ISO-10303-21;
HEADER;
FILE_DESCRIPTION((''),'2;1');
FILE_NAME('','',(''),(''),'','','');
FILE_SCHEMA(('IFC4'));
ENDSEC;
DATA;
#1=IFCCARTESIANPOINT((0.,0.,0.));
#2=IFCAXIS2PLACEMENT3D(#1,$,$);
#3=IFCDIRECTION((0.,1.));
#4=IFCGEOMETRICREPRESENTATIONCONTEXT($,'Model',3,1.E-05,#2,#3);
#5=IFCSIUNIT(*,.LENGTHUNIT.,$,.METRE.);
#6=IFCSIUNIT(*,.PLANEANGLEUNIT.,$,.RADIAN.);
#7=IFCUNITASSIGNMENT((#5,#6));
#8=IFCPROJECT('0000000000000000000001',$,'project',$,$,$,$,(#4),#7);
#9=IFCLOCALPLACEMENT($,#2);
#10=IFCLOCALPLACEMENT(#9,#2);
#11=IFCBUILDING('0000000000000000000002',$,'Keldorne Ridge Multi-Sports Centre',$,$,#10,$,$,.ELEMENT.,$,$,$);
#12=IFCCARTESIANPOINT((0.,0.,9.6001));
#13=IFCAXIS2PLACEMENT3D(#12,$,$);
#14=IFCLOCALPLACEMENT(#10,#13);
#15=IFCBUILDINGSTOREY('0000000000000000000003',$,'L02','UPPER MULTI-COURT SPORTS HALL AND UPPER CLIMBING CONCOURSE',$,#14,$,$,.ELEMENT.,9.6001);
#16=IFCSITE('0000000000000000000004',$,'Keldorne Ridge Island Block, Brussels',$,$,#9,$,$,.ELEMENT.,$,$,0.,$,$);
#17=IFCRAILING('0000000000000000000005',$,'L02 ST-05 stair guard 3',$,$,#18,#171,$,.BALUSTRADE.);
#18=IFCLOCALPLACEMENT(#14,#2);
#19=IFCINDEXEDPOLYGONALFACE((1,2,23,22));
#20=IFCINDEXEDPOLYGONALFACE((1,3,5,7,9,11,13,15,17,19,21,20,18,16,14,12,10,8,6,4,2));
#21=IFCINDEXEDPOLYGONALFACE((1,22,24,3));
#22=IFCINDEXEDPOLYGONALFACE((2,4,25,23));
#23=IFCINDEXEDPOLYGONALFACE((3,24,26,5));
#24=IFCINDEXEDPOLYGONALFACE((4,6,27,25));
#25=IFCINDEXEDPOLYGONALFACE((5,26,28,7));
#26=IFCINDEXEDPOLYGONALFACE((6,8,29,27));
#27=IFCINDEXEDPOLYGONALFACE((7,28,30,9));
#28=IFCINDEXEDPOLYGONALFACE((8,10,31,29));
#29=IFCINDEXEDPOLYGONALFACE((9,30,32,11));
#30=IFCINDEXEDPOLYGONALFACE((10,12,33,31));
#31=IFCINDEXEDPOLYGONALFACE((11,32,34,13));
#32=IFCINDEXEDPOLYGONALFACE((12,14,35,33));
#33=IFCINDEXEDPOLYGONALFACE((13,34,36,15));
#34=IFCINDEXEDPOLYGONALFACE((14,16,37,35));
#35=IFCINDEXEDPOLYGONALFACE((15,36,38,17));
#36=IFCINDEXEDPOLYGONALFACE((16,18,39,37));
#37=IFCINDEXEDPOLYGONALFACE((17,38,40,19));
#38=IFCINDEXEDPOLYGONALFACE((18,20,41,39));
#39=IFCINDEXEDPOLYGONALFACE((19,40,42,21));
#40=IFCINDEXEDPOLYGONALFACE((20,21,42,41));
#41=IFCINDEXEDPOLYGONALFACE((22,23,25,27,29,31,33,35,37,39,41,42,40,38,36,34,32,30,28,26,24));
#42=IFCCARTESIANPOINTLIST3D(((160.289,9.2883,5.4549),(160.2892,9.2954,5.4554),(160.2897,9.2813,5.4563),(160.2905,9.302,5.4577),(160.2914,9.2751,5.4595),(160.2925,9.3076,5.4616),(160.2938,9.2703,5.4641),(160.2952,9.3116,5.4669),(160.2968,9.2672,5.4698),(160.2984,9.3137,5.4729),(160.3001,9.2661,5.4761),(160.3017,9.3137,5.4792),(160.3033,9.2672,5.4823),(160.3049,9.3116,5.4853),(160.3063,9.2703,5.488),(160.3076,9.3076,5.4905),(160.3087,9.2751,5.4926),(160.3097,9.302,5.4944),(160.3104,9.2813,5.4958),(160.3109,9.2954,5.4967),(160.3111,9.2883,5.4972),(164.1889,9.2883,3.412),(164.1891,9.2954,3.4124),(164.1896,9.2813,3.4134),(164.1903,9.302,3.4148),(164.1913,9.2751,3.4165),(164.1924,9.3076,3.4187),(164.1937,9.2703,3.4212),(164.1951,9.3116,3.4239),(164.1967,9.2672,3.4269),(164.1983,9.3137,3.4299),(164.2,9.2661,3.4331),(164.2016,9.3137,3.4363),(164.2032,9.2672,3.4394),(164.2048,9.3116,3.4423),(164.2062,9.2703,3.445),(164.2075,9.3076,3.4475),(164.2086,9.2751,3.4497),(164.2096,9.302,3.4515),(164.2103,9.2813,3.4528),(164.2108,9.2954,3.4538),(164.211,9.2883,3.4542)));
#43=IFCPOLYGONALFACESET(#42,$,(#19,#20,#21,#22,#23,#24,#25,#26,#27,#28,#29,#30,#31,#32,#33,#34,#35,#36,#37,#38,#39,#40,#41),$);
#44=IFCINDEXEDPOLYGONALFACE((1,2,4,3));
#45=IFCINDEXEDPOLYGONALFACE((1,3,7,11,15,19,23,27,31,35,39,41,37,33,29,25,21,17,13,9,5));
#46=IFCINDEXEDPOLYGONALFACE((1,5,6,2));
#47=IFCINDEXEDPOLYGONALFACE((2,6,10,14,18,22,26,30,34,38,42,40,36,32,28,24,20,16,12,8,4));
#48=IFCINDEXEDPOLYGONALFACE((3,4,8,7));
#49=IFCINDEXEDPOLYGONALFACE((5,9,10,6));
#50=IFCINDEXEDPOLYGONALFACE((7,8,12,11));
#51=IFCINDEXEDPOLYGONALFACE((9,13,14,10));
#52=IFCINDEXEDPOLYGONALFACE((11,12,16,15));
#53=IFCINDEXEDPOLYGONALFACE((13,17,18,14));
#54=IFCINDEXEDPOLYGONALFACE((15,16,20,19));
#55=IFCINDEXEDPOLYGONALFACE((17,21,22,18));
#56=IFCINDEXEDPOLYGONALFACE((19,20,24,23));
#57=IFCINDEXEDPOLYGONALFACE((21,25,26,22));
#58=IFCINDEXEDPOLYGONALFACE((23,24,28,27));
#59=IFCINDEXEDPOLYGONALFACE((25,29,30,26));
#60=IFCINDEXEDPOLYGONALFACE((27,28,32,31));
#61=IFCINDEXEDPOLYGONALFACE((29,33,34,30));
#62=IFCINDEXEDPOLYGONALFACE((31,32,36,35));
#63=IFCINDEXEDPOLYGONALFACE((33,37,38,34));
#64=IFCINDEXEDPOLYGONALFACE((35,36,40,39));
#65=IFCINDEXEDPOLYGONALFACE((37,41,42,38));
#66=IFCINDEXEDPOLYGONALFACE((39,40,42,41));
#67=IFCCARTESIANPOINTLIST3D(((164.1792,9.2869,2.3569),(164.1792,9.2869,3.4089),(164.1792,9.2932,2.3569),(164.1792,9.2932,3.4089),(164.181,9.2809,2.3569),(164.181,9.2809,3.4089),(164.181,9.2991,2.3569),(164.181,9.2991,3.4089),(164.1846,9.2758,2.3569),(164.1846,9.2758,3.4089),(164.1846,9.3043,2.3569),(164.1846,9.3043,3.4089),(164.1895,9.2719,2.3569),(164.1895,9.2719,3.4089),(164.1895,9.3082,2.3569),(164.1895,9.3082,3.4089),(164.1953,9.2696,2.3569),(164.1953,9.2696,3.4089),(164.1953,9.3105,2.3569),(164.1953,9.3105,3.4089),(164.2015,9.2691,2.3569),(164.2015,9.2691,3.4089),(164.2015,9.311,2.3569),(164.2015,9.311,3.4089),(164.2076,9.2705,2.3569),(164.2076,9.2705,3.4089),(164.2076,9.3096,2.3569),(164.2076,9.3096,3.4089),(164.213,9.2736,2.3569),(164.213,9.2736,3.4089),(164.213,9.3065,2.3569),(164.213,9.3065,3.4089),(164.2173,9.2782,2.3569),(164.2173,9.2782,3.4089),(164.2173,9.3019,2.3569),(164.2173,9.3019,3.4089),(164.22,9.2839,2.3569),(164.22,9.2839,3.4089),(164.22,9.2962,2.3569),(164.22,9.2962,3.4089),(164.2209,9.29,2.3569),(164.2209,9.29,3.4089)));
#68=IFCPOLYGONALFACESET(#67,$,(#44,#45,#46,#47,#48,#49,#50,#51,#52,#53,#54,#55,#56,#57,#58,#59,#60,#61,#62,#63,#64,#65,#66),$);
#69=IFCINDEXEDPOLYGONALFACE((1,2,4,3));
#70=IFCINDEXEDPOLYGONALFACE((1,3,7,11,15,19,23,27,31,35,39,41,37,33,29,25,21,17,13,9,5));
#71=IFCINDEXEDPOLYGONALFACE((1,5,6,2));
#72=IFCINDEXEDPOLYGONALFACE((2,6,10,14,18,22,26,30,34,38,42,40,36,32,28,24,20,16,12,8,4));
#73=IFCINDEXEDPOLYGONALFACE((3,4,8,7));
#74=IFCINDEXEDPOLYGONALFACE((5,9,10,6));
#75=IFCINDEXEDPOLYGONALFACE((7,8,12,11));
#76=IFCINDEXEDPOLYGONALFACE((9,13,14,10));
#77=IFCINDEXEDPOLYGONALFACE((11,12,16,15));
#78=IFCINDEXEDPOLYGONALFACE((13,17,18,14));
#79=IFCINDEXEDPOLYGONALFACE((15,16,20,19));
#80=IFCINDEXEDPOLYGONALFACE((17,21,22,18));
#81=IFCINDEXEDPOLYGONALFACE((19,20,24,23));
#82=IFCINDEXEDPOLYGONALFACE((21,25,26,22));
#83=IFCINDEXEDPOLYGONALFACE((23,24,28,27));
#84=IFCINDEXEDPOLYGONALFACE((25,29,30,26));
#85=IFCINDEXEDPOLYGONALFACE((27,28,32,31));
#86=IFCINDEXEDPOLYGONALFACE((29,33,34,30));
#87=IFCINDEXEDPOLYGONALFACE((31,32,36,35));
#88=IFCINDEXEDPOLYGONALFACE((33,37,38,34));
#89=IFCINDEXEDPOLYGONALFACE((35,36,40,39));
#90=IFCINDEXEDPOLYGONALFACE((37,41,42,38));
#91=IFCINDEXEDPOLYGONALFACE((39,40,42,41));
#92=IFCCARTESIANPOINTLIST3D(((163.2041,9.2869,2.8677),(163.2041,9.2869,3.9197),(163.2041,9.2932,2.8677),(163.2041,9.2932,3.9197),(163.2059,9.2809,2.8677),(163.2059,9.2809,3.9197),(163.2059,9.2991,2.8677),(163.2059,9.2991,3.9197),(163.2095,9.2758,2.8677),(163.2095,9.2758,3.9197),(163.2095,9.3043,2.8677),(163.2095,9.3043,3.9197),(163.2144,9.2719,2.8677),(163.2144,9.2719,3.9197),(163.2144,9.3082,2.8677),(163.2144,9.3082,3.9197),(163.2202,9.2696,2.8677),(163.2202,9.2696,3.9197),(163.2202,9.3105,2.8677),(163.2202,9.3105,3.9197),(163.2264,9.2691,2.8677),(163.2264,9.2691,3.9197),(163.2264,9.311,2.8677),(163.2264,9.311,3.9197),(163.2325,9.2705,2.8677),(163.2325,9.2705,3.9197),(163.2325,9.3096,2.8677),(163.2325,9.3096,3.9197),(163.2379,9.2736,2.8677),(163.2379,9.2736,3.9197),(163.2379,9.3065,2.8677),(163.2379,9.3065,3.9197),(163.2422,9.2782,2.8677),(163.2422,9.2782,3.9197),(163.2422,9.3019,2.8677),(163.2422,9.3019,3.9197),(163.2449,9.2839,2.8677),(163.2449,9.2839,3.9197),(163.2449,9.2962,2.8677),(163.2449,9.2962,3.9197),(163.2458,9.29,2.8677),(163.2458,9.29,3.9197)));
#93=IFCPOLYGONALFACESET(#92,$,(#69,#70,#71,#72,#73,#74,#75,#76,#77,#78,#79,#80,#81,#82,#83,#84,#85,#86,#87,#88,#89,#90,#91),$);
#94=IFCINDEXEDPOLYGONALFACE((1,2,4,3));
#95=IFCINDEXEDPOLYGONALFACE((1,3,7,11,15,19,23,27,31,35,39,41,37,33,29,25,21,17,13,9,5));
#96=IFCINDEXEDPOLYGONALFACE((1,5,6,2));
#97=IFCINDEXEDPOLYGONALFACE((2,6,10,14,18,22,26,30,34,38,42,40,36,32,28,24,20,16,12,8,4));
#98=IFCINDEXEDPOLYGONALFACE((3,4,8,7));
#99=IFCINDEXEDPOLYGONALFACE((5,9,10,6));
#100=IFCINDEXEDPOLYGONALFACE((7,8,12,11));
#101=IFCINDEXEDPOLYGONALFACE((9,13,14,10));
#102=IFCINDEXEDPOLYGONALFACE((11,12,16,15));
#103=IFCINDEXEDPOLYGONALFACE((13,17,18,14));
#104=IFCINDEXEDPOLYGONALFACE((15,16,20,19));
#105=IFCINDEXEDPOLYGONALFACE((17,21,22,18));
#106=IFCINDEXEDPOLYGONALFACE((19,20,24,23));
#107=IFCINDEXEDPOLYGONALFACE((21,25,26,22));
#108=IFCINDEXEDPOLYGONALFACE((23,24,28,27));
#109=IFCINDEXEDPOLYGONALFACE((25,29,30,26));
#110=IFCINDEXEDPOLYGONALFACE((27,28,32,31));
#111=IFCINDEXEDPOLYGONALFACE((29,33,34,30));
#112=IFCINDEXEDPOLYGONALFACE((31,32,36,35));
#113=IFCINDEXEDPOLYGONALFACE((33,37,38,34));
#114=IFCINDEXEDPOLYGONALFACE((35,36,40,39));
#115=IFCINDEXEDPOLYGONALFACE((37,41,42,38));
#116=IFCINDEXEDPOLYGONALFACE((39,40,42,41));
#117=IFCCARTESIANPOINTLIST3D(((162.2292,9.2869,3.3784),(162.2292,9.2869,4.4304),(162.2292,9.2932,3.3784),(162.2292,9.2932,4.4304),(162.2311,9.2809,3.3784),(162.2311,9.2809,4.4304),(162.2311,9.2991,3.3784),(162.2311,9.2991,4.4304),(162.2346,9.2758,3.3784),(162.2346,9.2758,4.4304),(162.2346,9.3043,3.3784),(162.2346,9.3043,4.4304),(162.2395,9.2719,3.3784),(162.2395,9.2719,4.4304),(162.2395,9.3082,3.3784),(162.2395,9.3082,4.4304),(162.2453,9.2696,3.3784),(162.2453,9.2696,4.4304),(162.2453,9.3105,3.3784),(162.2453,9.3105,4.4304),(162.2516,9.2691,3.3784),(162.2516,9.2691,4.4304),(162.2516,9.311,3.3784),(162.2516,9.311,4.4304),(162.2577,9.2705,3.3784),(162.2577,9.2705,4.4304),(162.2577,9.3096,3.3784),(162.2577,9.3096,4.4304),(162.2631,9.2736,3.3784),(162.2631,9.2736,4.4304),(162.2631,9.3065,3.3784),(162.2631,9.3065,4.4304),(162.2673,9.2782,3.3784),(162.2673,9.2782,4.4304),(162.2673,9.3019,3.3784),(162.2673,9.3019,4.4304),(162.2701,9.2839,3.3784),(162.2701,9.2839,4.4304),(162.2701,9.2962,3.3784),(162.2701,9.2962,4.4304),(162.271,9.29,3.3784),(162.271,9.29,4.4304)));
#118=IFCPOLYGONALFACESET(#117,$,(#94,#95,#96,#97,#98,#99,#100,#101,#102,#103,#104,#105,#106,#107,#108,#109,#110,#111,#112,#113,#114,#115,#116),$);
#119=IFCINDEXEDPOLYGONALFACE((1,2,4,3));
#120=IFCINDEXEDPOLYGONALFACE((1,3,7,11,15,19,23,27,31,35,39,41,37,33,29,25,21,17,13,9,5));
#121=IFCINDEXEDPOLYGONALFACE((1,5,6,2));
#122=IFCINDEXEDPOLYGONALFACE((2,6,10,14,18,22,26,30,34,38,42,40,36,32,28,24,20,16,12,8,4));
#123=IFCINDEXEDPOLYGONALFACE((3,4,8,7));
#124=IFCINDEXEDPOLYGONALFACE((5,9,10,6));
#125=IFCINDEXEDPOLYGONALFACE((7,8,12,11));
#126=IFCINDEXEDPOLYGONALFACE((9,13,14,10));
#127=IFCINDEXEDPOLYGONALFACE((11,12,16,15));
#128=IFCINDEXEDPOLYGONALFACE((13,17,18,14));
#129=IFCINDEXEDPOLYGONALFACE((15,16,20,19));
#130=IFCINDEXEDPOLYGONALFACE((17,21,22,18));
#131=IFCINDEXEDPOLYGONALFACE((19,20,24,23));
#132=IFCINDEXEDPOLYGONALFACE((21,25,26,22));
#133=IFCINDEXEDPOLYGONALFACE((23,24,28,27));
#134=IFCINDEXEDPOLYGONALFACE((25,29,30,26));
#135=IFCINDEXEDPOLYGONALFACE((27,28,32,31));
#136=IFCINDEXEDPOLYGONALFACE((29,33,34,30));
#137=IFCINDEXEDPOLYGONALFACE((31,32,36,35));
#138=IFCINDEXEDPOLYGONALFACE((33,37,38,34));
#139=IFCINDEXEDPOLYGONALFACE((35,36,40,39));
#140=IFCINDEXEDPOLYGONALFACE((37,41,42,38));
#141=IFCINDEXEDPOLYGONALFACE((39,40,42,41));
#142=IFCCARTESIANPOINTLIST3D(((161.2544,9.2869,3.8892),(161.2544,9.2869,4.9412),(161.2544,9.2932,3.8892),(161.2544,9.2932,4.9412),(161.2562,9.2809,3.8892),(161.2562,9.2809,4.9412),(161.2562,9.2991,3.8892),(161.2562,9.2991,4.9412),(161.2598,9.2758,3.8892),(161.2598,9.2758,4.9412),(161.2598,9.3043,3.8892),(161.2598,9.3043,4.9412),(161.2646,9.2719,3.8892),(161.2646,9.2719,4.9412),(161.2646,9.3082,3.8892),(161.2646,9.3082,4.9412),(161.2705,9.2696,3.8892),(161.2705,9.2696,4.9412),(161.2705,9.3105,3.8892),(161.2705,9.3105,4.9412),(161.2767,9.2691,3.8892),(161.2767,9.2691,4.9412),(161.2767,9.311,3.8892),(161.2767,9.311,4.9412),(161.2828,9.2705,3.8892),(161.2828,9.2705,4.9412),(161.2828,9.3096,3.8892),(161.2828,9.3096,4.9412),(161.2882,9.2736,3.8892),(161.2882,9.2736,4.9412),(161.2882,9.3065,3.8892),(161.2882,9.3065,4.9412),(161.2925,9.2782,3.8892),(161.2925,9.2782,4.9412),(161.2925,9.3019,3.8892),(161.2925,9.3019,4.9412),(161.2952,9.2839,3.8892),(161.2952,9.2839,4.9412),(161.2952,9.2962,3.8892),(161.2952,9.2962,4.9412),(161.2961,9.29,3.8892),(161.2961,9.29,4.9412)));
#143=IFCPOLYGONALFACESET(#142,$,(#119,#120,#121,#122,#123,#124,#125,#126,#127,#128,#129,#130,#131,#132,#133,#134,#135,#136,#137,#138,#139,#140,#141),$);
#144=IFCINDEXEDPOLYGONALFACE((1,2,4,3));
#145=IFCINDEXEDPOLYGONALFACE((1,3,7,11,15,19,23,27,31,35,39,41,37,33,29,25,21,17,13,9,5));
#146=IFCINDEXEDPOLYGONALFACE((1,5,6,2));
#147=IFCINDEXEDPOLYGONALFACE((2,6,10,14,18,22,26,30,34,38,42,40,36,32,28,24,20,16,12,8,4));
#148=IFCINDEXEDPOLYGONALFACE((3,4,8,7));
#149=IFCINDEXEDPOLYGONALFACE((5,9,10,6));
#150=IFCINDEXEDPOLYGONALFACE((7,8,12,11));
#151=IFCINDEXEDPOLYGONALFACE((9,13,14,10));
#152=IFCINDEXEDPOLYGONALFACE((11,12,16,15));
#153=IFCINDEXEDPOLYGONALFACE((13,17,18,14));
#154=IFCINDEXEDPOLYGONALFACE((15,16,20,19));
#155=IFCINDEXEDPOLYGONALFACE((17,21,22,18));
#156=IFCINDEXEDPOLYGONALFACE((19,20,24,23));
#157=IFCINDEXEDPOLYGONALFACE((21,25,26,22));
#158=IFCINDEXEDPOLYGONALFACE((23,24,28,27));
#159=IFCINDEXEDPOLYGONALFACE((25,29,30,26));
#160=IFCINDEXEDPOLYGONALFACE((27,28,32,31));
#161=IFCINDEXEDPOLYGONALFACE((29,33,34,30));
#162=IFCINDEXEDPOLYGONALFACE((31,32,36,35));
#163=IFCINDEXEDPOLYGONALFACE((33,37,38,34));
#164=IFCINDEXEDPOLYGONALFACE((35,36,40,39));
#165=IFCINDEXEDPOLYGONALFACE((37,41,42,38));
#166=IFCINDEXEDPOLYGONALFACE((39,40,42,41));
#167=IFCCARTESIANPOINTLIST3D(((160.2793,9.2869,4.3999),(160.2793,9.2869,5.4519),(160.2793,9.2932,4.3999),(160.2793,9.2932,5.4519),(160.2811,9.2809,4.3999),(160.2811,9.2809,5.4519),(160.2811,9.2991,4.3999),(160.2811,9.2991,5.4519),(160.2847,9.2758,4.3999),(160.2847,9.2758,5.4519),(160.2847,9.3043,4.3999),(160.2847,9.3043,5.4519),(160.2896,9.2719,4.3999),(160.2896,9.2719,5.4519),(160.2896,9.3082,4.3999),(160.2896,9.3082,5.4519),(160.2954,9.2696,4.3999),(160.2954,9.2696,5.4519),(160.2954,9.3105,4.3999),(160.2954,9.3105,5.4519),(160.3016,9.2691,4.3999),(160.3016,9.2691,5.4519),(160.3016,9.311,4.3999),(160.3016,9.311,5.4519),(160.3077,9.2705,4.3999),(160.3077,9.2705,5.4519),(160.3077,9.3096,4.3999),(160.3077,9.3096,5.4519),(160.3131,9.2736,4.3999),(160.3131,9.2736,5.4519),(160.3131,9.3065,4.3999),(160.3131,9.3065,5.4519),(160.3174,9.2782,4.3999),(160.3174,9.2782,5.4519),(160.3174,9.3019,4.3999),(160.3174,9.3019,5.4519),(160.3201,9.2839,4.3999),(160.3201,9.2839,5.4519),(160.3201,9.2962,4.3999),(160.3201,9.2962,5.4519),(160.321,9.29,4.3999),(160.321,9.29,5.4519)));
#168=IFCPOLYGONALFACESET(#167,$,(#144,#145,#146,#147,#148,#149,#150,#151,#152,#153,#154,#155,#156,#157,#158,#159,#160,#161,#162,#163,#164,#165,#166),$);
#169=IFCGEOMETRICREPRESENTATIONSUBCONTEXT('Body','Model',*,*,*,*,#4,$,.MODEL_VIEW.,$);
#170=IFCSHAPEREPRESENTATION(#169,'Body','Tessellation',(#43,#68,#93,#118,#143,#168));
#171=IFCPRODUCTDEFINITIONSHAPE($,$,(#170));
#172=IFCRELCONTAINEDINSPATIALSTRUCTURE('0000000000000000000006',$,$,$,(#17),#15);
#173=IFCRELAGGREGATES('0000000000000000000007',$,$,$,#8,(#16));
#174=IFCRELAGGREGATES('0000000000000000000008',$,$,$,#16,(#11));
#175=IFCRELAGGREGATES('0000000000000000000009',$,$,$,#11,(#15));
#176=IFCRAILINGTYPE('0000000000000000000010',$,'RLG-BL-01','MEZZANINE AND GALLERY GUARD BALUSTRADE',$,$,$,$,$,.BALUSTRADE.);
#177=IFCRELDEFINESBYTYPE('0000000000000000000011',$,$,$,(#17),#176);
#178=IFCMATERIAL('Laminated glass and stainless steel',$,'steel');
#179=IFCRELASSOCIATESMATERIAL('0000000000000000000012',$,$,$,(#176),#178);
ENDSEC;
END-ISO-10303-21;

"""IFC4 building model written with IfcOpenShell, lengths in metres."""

from ifc_helpers import new_model, si_unit, direction, frame, origin, origin_2d, place, context, subcontext, project, spatial, circle, extrude, material, type_object, element, save


model = new_model("IFC4")

# Units and contexts
model_context = context("Model", 3, precision=1e-05, world=origin(), true_north=direction((0.0, 1.0)))
body_context = subcontext(model_context, "Body", "Model", "MODEL_VIEW")
ifc_project = project(units=[si_unit("LENGTHUNIT", "METRE"), si_unit("PLANEANGLEUNIT", "RADIAN")], contexts=[model_context])

# Site, building, storey
site_placement = place(None, origin())
site = spatial("IfcSite", under=ifc_project, at=site_placement, Name="Keldorne Ridge Island Block, Brussels", CompositionType="ELEMENT", RefElevation=0.0)
building_placement = place(site_placement, origin())
building = spatial("IfcBuilding", under=site, at=building_placement, Name="Keldorne Ridge Multi-Sports Centre", CompositionType="ELEMENT")
storey_placement = place(building_placement, frame((0.0, 0.0, 9.6001)))
storey = spatial("IfcBuildingStorey", under=building, at=storey_placement, Name="L02", Description="UPPER MULTI-COURT SPORTS HALL AND UPPER CLIMBING CONCOURSE", CompositionType="ELEMENT", Elevation=9.6001)

# Railing
ifc_material_1 = material(Name="Laminated glass and stainless steel", Category="steel")
railing_type_1 = type_object("IfcRailingType", Name="RLG-BL-01", Description="MEZZANINE AND GALLERY GUARD BALUSTRADE", PredefinedType="BALUSTRADE", material=ifc_material_1)
railing_1_placement = place(storey_placement, frame((164.2, 9.29, 2.3569)))
element("IfcRailing", 1, at=railing_1_placement, inside=storey, type_object=railing_type_1, Name="L02 ST-05 stair guard 3", PredefinedType="BALUSTRADE", context=body_context, shape_type="SweptSolid", body=[
    extrude(circle(Radius=0.0239, at=origin_2d()), frame((0.0, 0.0, 1.0762), z_axis=(-0.885816, 0.0, 0.464036), x_axis=(0.0, -1.0, 0.0)), (0.0, 0.0, 1.0), 4.4026),
    extrude(circle(Radius=0.021, at=origin_2d()), origin(), (0.0, 0.0, 1.0), 1.052),
    extrude(circle(Radius=0.021, at=origin_2d()), frame((-0.9751, 0.0, 0.5107)), (0.0, 0.0, 1.0), 1.052),
    extrude(circle(Radius=0.021, at=origin_2d()), frame((-1.95, 0.0, 1.0215)), (0.0, 0.0, 1.0), 1.052),
    extrude(circle(Radius=0.021, at=origin_2d()), frame((-2.9248, 0.0, 1.5322)), (0.0, 0.0, 1.0), 1.052),
    extrude(circle(Radius=0.021, at=origin_2d()), frame((-3.8999, 0.0, 2.043)), (0.0, 0.0, 1.0), 1.052),
])

save(model, "model.ifc")
